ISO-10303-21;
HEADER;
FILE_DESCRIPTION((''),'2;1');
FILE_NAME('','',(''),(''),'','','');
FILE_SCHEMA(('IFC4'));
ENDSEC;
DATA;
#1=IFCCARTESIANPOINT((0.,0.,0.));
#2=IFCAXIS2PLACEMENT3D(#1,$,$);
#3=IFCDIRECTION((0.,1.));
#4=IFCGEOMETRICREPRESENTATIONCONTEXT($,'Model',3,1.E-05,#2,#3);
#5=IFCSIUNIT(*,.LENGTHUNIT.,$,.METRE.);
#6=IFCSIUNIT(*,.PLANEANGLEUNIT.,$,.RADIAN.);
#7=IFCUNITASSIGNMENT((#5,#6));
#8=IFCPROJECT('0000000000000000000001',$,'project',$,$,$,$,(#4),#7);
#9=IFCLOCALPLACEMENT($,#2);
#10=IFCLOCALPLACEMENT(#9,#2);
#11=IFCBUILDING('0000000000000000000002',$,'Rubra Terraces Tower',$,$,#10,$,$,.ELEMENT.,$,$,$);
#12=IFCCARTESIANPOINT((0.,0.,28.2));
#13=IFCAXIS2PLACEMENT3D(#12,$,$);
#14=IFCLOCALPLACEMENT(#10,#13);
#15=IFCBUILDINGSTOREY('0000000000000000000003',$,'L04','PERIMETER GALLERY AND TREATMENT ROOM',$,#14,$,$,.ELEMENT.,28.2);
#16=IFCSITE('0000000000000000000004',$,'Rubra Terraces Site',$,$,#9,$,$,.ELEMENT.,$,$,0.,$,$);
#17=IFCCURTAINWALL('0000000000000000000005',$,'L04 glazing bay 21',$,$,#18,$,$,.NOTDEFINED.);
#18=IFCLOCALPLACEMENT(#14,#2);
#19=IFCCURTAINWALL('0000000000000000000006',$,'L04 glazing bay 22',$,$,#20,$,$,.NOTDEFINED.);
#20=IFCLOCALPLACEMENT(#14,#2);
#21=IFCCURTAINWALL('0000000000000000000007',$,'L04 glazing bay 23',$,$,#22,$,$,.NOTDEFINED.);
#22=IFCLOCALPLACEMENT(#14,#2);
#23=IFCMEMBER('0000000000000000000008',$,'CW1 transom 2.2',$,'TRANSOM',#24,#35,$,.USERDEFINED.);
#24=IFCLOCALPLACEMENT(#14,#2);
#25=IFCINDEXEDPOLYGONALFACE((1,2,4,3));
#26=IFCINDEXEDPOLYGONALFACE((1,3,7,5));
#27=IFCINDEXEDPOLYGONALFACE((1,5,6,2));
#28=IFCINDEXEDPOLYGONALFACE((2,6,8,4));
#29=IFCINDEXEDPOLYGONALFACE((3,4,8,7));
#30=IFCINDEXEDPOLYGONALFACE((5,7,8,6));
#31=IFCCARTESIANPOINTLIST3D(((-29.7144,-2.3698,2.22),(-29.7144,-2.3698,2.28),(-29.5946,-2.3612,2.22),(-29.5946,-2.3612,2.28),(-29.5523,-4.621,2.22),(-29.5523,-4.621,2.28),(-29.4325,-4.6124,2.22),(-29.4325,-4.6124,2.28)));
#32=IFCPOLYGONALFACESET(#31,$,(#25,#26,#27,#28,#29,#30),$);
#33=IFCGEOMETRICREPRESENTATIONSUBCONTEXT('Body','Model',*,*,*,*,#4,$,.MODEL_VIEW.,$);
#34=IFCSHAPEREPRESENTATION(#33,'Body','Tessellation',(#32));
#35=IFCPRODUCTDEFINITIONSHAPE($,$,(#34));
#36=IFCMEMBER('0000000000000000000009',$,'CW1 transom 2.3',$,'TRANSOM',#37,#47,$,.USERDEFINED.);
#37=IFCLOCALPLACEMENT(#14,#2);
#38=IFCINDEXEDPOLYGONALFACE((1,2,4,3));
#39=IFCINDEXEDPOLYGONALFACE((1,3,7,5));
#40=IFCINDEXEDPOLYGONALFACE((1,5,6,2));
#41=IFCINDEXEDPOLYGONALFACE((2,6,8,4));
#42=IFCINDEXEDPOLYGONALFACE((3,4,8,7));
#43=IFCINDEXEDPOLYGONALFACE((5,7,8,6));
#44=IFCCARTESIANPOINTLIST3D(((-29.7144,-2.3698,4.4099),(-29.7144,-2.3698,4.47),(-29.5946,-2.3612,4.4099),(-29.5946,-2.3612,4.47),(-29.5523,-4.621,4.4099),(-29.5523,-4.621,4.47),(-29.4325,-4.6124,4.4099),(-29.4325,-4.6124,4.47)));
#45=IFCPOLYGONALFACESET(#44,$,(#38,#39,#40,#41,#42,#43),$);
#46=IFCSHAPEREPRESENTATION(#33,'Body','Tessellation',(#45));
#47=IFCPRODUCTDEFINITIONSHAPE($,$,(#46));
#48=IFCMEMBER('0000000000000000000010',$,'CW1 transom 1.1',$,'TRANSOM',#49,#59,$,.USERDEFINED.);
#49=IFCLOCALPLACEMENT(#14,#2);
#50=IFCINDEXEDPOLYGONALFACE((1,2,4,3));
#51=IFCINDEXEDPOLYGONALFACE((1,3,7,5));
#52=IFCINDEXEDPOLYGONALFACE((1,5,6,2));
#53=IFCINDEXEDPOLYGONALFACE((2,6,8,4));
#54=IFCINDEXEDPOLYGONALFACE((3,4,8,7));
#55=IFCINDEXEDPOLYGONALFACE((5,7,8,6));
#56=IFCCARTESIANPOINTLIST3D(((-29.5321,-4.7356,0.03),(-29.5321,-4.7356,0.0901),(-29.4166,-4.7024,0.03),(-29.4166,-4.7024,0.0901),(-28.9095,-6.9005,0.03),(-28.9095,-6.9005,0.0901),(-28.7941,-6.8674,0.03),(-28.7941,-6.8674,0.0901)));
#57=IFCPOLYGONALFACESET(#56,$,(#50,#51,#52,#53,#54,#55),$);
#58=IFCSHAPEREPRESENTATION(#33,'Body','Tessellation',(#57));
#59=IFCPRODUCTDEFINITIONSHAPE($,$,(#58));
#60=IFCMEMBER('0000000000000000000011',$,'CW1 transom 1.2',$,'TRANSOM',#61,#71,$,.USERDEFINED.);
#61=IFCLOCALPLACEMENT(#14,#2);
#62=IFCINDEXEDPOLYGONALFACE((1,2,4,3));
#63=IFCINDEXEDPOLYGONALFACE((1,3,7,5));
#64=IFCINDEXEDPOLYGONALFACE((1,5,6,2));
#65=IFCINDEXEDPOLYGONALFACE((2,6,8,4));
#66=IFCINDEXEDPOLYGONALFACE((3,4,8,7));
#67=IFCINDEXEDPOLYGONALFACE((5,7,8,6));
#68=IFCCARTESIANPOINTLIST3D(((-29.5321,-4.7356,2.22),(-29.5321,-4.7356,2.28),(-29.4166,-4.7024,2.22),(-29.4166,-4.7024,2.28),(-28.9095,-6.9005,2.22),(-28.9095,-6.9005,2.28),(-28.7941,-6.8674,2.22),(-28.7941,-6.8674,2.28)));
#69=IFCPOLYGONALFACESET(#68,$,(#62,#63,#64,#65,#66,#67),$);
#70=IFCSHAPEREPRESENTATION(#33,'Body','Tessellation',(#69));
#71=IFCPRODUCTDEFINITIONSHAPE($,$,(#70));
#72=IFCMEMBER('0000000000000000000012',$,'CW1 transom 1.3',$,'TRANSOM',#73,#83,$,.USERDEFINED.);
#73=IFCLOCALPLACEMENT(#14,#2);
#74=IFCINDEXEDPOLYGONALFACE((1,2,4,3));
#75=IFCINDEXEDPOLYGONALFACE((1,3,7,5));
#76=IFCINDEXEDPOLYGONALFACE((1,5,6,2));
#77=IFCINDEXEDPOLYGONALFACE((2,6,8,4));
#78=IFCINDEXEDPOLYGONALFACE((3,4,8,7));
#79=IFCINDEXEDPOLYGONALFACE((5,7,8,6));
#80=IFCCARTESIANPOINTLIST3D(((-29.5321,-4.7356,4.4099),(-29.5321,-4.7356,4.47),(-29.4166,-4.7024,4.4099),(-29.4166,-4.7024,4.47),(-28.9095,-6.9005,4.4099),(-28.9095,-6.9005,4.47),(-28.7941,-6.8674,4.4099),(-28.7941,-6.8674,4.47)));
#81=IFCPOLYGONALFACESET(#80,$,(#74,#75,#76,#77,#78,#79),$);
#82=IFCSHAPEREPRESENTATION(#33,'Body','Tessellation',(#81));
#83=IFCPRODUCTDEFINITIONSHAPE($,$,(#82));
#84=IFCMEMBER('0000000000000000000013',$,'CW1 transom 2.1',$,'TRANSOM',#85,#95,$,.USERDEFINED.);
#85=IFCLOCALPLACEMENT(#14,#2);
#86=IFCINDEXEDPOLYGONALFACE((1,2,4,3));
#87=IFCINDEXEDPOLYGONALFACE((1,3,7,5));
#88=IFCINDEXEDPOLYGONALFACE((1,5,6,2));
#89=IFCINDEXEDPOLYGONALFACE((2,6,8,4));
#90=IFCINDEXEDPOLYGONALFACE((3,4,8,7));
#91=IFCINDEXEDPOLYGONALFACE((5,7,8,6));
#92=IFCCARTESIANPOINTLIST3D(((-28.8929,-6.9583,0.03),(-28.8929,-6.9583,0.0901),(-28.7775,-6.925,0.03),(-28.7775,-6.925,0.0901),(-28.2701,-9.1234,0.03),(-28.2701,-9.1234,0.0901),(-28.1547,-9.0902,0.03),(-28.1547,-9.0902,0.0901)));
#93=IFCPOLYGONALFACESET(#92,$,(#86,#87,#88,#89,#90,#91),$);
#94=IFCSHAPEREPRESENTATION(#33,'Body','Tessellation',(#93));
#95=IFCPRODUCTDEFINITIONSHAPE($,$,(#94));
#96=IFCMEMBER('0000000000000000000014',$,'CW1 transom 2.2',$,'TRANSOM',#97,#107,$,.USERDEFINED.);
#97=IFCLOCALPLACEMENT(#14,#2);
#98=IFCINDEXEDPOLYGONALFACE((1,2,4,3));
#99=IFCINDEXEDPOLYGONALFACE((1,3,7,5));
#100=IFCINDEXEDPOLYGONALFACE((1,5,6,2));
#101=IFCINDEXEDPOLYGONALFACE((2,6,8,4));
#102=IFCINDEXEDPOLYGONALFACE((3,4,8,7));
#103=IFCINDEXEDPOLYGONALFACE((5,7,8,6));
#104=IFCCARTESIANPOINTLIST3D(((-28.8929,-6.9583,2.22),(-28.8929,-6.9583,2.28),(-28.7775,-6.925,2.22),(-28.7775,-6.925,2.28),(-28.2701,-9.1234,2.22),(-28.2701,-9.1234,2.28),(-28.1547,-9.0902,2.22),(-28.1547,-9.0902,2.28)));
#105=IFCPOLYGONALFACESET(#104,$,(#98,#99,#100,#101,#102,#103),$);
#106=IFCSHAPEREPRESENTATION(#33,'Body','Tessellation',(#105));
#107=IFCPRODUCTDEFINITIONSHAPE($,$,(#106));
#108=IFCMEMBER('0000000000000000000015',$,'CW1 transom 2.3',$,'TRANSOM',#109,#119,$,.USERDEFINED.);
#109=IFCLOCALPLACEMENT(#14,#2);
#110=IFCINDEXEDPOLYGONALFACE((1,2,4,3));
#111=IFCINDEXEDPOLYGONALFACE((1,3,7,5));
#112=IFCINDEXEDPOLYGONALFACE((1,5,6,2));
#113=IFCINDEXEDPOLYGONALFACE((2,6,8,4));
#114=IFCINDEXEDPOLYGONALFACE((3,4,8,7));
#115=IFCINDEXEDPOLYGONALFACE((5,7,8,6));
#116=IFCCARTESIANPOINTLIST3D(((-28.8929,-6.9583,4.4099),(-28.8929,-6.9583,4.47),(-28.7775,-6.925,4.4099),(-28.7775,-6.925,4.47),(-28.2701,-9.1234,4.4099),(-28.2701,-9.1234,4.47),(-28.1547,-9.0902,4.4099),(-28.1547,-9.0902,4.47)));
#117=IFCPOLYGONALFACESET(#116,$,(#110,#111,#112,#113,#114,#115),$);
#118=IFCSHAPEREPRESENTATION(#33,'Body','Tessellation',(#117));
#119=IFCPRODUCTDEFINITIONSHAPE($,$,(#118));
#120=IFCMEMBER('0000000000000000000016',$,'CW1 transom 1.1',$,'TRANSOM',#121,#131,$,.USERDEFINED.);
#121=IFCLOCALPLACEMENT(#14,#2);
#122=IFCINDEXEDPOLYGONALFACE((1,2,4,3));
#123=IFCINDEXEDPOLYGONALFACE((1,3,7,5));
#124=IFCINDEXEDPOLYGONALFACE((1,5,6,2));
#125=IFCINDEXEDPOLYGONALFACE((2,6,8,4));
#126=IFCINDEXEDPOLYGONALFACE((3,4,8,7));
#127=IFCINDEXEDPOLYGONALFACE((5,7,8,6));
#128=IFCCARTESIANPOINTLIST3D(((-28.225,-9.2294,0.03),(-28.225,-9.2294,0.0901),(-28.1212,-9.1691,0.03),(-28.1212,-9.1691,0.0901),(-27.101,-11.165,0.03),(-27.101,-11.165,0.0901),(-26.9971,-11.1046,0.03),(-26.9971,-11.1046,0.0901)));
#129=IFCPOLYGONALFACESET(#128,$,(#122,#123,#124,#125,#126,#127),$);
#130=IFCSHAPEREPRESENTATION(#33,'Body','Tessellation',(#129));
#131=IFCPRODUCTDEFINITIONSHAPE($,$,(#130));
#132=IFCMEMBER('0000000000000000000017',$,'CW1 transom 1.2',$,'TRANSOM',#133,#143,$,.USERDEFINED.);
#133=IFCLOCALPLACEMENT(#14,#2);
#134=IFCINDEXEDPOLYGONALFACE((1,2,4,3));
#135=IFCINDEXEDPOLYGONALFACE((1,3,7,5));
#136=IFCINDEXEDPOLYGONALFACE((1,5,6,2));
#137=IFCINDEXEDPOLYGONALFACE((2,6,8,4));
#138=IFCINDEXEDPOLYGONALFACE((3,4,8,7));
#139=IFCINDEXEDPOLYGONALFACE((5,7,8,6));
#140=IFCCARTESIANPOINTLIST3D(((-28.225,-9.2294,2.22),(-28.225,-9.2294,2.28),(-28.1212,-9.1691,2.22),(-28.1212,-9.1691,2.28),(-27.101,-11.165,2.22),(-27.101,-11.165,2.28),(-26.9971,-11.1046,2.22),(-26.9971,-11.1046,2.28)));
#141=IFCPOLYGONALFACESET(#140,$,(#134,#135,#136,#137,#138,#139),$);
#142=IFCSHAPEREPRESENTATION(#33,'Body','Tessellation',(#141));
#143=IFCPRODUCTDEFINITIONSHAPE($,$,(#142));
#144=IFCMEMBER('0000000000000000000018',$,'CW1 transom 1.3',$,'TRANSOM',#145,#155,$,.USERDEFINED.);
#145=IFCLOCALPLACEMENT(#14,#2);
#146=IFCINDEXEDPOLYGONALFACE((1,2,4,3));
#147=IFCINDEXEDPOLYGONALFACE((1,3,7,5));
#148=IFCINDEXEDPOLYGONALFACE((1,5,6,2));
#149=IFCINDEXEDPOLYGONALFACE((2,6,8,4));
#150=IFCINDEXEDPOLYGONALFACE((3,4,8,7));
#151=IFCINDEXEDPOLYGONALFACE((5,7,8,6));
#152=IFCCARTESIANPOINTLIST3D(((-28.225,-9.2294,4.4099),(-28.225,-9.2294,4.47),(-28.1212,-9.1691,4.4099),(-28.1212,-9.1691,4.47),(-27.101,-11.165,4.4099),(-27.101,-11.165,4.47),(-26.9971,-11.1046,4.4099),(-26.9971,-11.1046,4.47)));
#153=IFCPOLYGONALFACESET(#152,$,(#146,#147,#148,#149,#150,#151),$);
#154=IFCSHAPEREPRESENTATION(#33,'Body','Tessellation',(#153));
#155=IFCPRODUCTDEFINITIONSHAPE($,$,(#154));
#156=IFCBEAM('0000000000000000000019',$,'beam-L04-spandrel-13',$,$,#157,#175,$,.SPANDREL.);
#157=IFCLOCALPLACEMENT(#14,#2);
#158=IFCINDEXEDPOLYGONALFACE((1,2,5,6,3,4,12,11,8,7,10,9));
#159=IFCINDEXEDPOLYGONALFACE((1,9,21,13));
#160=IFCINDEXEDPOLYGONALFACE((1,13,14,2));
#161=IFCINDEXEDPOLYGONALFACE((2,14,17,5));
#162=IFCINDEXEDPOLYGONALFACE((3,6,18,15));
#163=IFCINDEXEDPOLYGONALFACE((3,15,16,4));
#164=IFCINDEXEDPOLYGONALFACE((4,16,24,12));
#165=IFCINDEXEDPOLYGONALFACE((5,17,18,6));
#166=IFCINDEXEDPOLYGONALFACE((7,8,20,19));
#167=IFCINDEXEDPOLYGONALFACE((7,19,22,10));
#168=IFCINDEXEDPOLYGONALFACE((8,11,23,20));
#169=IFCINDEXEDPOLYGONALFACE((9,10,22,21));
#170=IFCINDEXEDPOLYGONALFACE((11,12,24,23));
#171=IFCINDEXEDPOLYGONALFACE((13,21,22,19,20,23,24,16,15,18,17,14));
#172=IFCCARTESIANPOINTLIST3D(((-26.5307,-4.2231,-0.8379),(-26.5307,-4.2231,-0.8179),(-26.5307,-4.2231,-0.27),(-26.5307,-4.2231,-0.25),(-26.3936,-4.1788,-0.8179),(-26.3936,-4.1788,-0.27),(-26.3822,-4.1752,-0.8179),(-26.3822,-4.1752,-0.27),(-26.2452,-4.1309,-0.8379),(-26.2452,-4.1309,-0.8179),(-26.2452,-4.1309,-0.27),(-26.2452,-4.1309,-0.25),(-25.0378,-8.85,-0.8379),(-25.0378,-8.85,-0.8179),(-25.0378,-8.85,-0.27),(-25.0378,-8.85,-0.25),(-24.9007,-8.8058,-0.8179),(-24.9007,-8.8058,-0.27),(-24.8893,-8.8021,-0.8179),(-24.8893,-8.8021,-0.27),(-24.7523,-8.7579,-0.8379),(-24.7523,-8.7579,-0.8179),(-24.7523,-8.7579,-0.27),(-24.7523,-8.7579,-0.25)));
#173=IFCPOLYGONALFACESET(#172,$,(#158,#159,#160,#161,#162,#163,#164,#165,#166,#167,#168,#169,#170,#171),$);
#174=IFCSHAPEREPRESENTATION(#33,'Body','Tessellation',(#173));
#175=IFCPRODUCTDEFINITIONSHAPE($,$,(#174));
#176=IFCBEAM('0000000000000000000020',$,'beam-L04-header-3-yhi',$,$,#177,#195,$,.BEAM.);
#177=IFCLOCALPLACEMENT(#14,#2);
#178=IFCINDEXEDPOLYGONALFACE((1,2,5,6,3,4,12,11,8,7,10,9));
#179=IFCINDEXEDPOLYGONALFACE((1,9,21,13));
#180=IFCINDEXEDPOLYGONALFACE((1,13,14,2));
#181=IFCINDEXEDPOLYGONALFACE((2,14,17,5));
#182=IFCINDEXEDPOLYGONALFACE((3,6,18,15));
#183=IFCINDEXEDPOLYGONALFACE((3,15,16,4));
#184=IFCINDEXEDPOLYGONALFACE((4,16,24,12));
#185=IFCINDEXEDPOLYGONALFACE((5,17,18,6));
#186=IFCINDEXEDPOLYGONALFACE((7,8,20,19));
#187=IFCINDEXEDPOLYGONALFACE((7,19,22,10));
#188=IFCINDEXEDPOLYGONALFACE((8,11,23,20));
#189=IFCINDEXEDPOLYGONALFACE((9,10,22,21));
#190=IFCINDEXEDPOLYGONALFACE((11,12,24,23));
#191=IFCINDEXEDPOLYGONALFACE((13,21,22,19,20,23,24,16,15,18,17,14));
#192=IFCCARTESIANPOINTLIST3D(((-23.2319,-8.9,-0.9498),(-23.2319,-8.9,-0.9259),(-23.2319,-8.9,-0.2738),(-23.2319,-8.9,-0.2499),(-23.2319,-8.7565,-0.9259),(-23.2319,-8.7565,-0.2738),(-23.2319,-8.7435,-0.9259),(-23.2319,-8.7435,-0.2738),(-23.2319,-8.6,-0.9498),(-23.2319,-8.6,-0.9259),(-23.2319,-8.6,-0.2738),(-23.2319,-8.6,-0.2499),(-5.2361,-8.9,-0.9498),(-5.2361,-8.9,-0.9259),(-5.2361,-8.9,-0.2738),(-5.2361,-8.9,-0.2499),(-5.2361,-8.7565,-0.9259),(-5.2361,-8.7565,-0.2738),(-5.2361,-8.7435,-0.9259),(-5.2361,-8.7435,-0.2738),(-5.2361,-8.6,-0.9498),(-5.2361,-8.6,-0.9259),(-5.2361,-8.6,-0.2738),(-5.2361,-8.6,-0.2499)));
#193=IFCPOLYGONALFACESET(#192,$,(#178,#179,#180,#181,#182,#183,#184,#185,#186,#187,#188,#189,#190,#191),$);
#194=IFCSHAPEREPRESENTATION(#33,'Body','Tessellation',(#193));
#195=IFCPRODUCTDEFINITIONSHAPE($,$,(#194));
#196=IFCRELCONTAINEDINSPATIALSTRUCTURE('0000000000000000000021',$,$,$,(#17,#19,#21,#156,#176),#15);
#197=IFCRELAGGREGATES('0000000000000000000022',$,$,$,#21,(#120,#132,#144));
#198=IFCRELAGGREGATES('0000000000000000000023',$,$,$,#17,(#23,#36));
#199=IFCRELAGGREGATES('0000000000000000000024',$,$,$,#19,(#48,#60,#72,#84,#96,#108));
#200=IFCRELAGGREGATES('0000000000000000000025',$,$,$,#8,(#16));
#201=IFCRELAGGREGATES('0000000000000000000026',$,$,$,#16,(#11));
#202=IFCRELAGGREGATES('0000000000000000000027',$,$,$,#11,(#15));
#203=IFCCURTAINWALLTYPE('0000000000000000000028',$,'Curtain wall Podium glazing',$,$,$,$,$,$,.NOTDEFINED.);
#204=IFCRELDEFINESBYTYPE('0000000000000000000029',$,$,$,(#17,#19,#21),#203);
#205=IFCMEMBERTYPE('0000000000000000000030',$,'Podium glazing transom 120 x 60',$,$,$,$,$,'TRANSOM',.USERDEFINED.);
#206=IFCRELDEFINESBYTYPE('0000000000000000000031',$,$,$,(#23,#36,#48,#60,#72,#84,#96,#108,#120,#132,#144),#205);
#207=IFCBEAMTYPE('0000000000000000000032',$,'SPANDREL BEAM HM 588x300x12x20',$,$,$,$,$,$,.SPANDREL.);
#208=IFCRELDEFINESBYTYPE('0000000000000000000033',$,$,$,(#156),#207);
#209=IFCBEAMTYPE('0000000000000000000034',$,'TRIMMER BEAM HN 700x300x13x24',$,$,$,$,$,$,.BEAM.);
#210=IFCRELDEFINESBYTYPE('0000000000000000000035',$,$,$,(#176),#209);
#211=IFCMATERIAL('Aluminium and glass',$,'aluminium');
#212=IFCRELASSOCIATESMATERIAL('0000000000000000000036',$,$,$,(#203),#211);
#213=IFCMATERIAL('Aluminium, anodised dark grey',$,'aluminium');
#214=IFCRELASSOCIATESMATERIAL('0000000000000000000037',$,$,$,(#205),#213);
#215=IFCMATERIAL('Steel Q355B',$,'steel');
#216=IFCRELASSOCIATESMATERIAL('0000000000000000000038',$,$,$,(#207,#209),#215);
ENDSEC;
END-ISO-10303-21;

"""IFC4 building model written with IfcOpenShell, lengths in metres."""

from ifc_helpers import new_model, si_unit, direction, frame, origin, origin_2d, place, context, subcontext, project, spatial, rectangle, i_section, extrude, material, material_profile, profile_set, type_object, element, aggregate, save


model = new_model("IFC4")

# Units and contexts
model_context = context("Model", 3, precision=1e-05, world=origin(), true_north=direction((0.0, 1.0)))
body_context = subcontext(model_context, "Body", "Model", "MODEL_VIEW")
ifc_project = project(units=[si_unit("LENGTHUNIT", "METRE"), si_unit("PLANEANGLEUNIT", "RADIAN")], contexts=[model_context])

# Site, building, storey
site_placement = place(None, origin())
site = spatial("IfcSite", under=ifc_project, at=site_placement, Name="Rubra Terraces Site", CompositionType="ELEMENT", RefElevation=0.0)
building_placement = place(site_placement, origin())
building = spatial("IfcBuilding", under=site, at=building_placement, Name="Rubra Terraces Tower", CompositionType="ELEMENT")
storey_placement = place(building_placement, frame((0.0, 0.0, 28.2)))
storey = spatial("IfcBuildingStorey", under=building, at=storey_placement, Name="L04", Description="PERIMETER GALLERY AND TREATMENT ROOM", CompositionType="ELEMENT", Elevation=28.2)

# Shared definitions
ifc_material_1 = material(Name="Steel Q355B", Category="steel")

# Curtain wall
ifc_material_2 = material(Name="Aluminium and glass", Category="aluminium")
curtain_wall_type = type_object("IfcCurtainWallType", Name="Curtain wall Podium glazing", PredefinedType="NOTDEFINED", material=ifc_material_2)
curtain_wall_1_placement = place(storey_placement, origin())
curtain_wall_1 = element("IfcCurtainWall", 1, at=curtain_wall_1_placement, inside=storey, type_object=curtain_wall_type, Name="L04 glazing bay 21", PredefinedType="NOTDEFINED")
ifc_material_3 = material(Name="Aluminium, anodised dark grey", Category="aluminium")

# Curtain wall
curtain_wall_2_placement = place(storey_placement, origin())
curtain_wall_2 = element("IfcCurtainWall", 2, at=curtain_wall_2_placement, inside=storey, type_object=curtain_wall_type, Name="L04 glazing bay 22", PredefinedType="NOTDEFINED")

# Curtain wall
curtain_wall_3_placement = place(storey_placement, origin())
curtain_wall_3 = element("IfcCurtainWall", 3, at=curtain_wall_3_placement, inside=storey, type_object=curtain_wall_type, Name="L04 glazing bay 23", PredefinedType="NOTDEFINED")

# Members
ifc_material_profile_1 = material_profile(ifc_material_3, rectangle(XDim=0.1201, YDim=0.0601, at=origin_2d()), Name="AL 120x60")
ifc_profile_set_1 = profile_set([ifc_material_profile_1], Name="Aluminium, anodised dark grey")
member_type_1 = type_object("IfcMemberType", Name="Podium glazing transom 120 x 60", ElementType="TRANSOM", PredefinedType="USERDEFINED", material=ifc_profile_set_1)
member_1_placement = place(storey_placement, frame((-29.6545, -2.3655, 2.25), z_axis=(0.071824, -0.997417, 0.0), x_axis=(0.997417, 0.071824, 0.0)))
member_1 = element("IfcMember", 4, at=member_1_placement, type_object=member_type_1, Name="CW1 transom 2.2", ObjectType="TRANSOM", PredefinedType="USERDEFINED", context=body_context, shape_type="SweptSolid", body=[
    extrude(rectangle(XDim=0.1201, YDim=0.0601, at=origin_2d()), origin(), (0.0, 0.0, 1.0), 2.2571),
])
member_2_placement = place(storey_placement, frame((-29.6545, -2.3655, 4.4399), z_axis=(0.071824, -0.997417, 0.0), x_axis=(0.997417, 0.071824, 0.0)))
member_2 = element("IfcMember", 5, at=member_2_placement, type_object=member_type_1, Name="CW1 transom 2.3", ObjectType="TRANSOM", PredefinedType="USERDEFINED", context=body_context, shape_type="SweptSolid", body=[
    extrude(rectangle(XDim=0.1201, YDim=0.0601, at=origin_2d()), origin(), (0.0, 0.0, 1.0), 2.2571),
])
member_3_placement = place(storey_placement, frame((-29.4744, -4.719, 0.0601), z_axis=(0.276352, -0.961056, 0.0), x_axis=(0.961056, 0.276352, 0.0)))
member_3 = element("IfcMember", 6, at=member_3_placement, type_object=member_type_1, Name="CW1 transom 1.1", ObjectType="TRANSOM", PredefinedType="USERDEFINED", context=body_context, shape_type="SweptSolid", body=[
    extrude(rectangle(XDim=0.1201, YDim=0.0601, at=origin_2d()), origin(), (0.0, 0.0, 1.0), 2.2527),
])
member_4_placement = place(storey_placement, frame((-29.4744, -4.719, 2.25), z_axis=(0.276352, -0.961056, 0.0), x_axis=(0.961056, 0.276352, 0.0)))
member_4 = element("IfcMember", 7, at=member_4_placement, type_object=member_type_1, Name="CW1 transom 1.2", ObjectType="TRANSOM", PredefinedType="USERDEFINED", context=body_context, shape_type="SweptSolid", body=[
    extrude(rectangle(XDim=0.1201, YDim=0.0601, at=origin_2d()), origin(), (0.0, 0.0, 1.0), 2.2527),
])
member_5_placement = place(storey_placement, frame((-29.4744, -4.719, 4.4399), z_axis=(0.276352, -0.961056, 0.0), x_axis=(0.961056, 0.276352, 0.0)))
member_5 = element("IfcMember", 8, at=member_5_placement, type_object=member_type_1, Name="CW1 transom 1.3", ObjectType="TRANSOM", PredefinedType="USERDEFINED", context=body_context, shape_type="SweptSolid", body=[
    extrude(rectangle(XDim=0.1201, YDim=0.0601, at=origin_2d()), origin(), (0.0, 0.0, 1.0), 2.2527),
])
member_6_placement = place(storey_placement, frame((-28.8352, -6.9417, 0.0601), z_axis=(0.276453, -0.961028, 0.0), x_axis=(0.961028, 0.276453, 0.0)))
member_6 = element("IfcMember", 9, at=member_6_placement, type_object=member_type_1, Name="CW1 transom 2.1", ObjectType="TRANSOM", PredefinedType="USERDEFINED", context=body_context, shape_type="SweptSolid", body=[
    extrude(rectangle(XDim=0.1201, YDim=0.0601, at=origin_2d()), origin(), (0.0, 0.0, 1.0), 2.2529),
])
member_7_placement = place(storey_placement, frame((-28.8352, -6.9417, 2.25), z_axis=(0.276453, -0.961028, 0.0), x_axis=(0.961028, 0.276453, 0.0)))
member_7 = element("IfcMember", 10, at=member_7_placement, type_object=member_type_1, Name="CW1 transom 2.2", ObjectType="TRANSOM", PredefinedType="USERDEFINED", context=body_context, shape_type="SweptSolid", body=[
    extrude(rectangle(XDim=0.1201, YDim=0.0601, at=origin_2d()), origin(), (0.0, 0.0, 1.0), 2.2529),
])
member_8_placement = place(storey_placement, frame((-28.8352, -6.9417, 4.4399), z_axis=(0.276453, -0.961028, 0.0), x_axis=(0.961028, 0.276453, 0.0)))
member_8 = element("IfcMember", 11, at=member_8_placement, type_object=member_type_1, Name="CW1 transom 2.3", ObjectType="TRANSOM", PredefinedType="USERDEFINED", context=body_context, shape_type="SweptSolid", body=[
    extrude(rectangle(XDim=0.1201, YDim=0.0601, at=origin_2d()), origin(), (0.0, 0.0, 1.0), 2.2529),
])
member_9_placement = place(storey_placement, frame((-28.1731, -9.1992, 0.0601), z_axis=(0.502188, -0.864758, 0.0), x_axis=(0.864758, 0.502188, 0.0)))
member_9 = element("IfcMember", 12, at=member_9_placement, type_object=member_type_1, Name="CW1 transom 1.1", ObjectType="TRANSOM", PredefinedType="USERDEFINED", context=body_context, shape_type="SweptSolid", body=[
    extrude(rectangle(XDim=0.1201, YDim=0.0601, at=origin_2d()), origin(), (0.0, 0.0, 1.0), 2.2383),
])
member_10_placement = place(storey_placement, frame((-28.1731, -9.1992, 2.25), z_axis=(0.502188, -0.864758, 0.0), x_axis=(0.864758, 0.502188, 0.0)))
member_10 = element("IfcMember", 13, at=member_10_placement, type_object=member_type_1, Name="CW1 transom 1.2", ObjectType="TRANSOM", PredefinedType="USERDEFINED", context=body_context, shape_type="SweptSolid", body=[
    extrude(rectangle(XDim=0.1201, YDim=0.0601, at=origin_2d()), origin(), (0.0, 0.0, 1.0), 2.2383),
])
member_11_placement = place(storey_placement, frame((-28.1731, -9.1992, 4.4399), z_axis=(0.502188, -0.864758, 0.0), x_axis=(0.864758, 0.502188, 0.0)))
member_11 = element("IfcMember", 14, at=member_11_placement, type_object=member_type_1, Name="CW1 transom 1.3", ObjectType="TRANSOM", PredefinedType="USERDEFINED", context=body_context, shape_type="SweptSolid", body=[
    extrude(rectangle(XDim=0.1201, YDim=0.0601, at=origin_2d()), origin(), (0.0, 0.0, 1.0), 2.2383),
])
aggregate(curtain_wall_3, [member_9, member_10, member_11])

# Beams
ifc_material_profile_2 = material_profile(ifc_material_1, i_section(OverallWidth=0.3, OverallDepth=0.5879, WebThickness=0.012, FlangeThickness=0.02, at=origin_2d()), Name="HM 588x300x12x20")
ifc_profile_set_2 = profile_set([ifc_material_profile_2], Name="Steel Q355B")
beam_type_1 = type_object("IfcBeamType", Name="SPANDREL BEAM HM 588x300x12x20", PredefinedType="SPANDREL", material=ifc_profile_set_2)
beam_1_placement = place(storey_placement, frame((-26.3879, -4.177, -0.5439), z_axis=(0.307069, -0.951687, 0.0), x_axis=(0.951687, 0.307069, 0.0)))
element("IfcBeam", 15, at=beam_1_placement, inside=storey, type_object=beam_type_1, Name="beam-L04-spandrel-13", PredefinedType="SPANDREL", context=body_context, shape_type="SweptSolid", body=[
    extrude(i_section(OverallWidth=0.3, OverallDepth=0.5879, WebThickness=0.012, FlangeThickness=0.02, at=origin_2d()), origin(), (0.0, 0.0, 1.0), 4.8618),
])
ifc_material_profile_3 = material_profile(ifc_material_1, i_section(OverallWidth=0.3, OverallDepth=0.7, WebThickness=0.0129, FlangeThickness=0.0239, at=origin_2d()), Name="HN 700x300x13x24")
ifc_profile_set_3 = profile_set([ifc_material_profile_3], Name="Steel Q355B")
beam_type_2 = type_object("IfcBeamType", Name="TRIMMER BEAM HN 700x300x13x24", PredefinedType="BEAM", material=ifc_profile_set_3)
beam_2_placement = place(storey_placement, frame((-23.2319, -8.75, -0.5999), z_axis=(1.0, 0.0, 0.0), x_axis=(0.0, 1.0, 0.0)))
element("IfcBeam", 16, at=beam_2_placement, inside=storey, type_object=beam_type_2, Name="beam-L04-header-3-yhi", PredefinedType="BEAM", context=body_context, shape_type="SweptSolid", body=[
    extrude(i_section(OverallWidth=0.3, OverallDepth=0.7, WebThickness=0.0129, FlangeThickness=0.0239, at=origin_2d()), origin(), (0.0, 0.0, 1.0), 17.9958),
])

aggregate(curtain_wall_1, [member_1, member_2])
aggregate(curtain_wall_2, [member_3, member_4, member_5, member_6, member_7, member_8])

save(model, "model.ifc")
